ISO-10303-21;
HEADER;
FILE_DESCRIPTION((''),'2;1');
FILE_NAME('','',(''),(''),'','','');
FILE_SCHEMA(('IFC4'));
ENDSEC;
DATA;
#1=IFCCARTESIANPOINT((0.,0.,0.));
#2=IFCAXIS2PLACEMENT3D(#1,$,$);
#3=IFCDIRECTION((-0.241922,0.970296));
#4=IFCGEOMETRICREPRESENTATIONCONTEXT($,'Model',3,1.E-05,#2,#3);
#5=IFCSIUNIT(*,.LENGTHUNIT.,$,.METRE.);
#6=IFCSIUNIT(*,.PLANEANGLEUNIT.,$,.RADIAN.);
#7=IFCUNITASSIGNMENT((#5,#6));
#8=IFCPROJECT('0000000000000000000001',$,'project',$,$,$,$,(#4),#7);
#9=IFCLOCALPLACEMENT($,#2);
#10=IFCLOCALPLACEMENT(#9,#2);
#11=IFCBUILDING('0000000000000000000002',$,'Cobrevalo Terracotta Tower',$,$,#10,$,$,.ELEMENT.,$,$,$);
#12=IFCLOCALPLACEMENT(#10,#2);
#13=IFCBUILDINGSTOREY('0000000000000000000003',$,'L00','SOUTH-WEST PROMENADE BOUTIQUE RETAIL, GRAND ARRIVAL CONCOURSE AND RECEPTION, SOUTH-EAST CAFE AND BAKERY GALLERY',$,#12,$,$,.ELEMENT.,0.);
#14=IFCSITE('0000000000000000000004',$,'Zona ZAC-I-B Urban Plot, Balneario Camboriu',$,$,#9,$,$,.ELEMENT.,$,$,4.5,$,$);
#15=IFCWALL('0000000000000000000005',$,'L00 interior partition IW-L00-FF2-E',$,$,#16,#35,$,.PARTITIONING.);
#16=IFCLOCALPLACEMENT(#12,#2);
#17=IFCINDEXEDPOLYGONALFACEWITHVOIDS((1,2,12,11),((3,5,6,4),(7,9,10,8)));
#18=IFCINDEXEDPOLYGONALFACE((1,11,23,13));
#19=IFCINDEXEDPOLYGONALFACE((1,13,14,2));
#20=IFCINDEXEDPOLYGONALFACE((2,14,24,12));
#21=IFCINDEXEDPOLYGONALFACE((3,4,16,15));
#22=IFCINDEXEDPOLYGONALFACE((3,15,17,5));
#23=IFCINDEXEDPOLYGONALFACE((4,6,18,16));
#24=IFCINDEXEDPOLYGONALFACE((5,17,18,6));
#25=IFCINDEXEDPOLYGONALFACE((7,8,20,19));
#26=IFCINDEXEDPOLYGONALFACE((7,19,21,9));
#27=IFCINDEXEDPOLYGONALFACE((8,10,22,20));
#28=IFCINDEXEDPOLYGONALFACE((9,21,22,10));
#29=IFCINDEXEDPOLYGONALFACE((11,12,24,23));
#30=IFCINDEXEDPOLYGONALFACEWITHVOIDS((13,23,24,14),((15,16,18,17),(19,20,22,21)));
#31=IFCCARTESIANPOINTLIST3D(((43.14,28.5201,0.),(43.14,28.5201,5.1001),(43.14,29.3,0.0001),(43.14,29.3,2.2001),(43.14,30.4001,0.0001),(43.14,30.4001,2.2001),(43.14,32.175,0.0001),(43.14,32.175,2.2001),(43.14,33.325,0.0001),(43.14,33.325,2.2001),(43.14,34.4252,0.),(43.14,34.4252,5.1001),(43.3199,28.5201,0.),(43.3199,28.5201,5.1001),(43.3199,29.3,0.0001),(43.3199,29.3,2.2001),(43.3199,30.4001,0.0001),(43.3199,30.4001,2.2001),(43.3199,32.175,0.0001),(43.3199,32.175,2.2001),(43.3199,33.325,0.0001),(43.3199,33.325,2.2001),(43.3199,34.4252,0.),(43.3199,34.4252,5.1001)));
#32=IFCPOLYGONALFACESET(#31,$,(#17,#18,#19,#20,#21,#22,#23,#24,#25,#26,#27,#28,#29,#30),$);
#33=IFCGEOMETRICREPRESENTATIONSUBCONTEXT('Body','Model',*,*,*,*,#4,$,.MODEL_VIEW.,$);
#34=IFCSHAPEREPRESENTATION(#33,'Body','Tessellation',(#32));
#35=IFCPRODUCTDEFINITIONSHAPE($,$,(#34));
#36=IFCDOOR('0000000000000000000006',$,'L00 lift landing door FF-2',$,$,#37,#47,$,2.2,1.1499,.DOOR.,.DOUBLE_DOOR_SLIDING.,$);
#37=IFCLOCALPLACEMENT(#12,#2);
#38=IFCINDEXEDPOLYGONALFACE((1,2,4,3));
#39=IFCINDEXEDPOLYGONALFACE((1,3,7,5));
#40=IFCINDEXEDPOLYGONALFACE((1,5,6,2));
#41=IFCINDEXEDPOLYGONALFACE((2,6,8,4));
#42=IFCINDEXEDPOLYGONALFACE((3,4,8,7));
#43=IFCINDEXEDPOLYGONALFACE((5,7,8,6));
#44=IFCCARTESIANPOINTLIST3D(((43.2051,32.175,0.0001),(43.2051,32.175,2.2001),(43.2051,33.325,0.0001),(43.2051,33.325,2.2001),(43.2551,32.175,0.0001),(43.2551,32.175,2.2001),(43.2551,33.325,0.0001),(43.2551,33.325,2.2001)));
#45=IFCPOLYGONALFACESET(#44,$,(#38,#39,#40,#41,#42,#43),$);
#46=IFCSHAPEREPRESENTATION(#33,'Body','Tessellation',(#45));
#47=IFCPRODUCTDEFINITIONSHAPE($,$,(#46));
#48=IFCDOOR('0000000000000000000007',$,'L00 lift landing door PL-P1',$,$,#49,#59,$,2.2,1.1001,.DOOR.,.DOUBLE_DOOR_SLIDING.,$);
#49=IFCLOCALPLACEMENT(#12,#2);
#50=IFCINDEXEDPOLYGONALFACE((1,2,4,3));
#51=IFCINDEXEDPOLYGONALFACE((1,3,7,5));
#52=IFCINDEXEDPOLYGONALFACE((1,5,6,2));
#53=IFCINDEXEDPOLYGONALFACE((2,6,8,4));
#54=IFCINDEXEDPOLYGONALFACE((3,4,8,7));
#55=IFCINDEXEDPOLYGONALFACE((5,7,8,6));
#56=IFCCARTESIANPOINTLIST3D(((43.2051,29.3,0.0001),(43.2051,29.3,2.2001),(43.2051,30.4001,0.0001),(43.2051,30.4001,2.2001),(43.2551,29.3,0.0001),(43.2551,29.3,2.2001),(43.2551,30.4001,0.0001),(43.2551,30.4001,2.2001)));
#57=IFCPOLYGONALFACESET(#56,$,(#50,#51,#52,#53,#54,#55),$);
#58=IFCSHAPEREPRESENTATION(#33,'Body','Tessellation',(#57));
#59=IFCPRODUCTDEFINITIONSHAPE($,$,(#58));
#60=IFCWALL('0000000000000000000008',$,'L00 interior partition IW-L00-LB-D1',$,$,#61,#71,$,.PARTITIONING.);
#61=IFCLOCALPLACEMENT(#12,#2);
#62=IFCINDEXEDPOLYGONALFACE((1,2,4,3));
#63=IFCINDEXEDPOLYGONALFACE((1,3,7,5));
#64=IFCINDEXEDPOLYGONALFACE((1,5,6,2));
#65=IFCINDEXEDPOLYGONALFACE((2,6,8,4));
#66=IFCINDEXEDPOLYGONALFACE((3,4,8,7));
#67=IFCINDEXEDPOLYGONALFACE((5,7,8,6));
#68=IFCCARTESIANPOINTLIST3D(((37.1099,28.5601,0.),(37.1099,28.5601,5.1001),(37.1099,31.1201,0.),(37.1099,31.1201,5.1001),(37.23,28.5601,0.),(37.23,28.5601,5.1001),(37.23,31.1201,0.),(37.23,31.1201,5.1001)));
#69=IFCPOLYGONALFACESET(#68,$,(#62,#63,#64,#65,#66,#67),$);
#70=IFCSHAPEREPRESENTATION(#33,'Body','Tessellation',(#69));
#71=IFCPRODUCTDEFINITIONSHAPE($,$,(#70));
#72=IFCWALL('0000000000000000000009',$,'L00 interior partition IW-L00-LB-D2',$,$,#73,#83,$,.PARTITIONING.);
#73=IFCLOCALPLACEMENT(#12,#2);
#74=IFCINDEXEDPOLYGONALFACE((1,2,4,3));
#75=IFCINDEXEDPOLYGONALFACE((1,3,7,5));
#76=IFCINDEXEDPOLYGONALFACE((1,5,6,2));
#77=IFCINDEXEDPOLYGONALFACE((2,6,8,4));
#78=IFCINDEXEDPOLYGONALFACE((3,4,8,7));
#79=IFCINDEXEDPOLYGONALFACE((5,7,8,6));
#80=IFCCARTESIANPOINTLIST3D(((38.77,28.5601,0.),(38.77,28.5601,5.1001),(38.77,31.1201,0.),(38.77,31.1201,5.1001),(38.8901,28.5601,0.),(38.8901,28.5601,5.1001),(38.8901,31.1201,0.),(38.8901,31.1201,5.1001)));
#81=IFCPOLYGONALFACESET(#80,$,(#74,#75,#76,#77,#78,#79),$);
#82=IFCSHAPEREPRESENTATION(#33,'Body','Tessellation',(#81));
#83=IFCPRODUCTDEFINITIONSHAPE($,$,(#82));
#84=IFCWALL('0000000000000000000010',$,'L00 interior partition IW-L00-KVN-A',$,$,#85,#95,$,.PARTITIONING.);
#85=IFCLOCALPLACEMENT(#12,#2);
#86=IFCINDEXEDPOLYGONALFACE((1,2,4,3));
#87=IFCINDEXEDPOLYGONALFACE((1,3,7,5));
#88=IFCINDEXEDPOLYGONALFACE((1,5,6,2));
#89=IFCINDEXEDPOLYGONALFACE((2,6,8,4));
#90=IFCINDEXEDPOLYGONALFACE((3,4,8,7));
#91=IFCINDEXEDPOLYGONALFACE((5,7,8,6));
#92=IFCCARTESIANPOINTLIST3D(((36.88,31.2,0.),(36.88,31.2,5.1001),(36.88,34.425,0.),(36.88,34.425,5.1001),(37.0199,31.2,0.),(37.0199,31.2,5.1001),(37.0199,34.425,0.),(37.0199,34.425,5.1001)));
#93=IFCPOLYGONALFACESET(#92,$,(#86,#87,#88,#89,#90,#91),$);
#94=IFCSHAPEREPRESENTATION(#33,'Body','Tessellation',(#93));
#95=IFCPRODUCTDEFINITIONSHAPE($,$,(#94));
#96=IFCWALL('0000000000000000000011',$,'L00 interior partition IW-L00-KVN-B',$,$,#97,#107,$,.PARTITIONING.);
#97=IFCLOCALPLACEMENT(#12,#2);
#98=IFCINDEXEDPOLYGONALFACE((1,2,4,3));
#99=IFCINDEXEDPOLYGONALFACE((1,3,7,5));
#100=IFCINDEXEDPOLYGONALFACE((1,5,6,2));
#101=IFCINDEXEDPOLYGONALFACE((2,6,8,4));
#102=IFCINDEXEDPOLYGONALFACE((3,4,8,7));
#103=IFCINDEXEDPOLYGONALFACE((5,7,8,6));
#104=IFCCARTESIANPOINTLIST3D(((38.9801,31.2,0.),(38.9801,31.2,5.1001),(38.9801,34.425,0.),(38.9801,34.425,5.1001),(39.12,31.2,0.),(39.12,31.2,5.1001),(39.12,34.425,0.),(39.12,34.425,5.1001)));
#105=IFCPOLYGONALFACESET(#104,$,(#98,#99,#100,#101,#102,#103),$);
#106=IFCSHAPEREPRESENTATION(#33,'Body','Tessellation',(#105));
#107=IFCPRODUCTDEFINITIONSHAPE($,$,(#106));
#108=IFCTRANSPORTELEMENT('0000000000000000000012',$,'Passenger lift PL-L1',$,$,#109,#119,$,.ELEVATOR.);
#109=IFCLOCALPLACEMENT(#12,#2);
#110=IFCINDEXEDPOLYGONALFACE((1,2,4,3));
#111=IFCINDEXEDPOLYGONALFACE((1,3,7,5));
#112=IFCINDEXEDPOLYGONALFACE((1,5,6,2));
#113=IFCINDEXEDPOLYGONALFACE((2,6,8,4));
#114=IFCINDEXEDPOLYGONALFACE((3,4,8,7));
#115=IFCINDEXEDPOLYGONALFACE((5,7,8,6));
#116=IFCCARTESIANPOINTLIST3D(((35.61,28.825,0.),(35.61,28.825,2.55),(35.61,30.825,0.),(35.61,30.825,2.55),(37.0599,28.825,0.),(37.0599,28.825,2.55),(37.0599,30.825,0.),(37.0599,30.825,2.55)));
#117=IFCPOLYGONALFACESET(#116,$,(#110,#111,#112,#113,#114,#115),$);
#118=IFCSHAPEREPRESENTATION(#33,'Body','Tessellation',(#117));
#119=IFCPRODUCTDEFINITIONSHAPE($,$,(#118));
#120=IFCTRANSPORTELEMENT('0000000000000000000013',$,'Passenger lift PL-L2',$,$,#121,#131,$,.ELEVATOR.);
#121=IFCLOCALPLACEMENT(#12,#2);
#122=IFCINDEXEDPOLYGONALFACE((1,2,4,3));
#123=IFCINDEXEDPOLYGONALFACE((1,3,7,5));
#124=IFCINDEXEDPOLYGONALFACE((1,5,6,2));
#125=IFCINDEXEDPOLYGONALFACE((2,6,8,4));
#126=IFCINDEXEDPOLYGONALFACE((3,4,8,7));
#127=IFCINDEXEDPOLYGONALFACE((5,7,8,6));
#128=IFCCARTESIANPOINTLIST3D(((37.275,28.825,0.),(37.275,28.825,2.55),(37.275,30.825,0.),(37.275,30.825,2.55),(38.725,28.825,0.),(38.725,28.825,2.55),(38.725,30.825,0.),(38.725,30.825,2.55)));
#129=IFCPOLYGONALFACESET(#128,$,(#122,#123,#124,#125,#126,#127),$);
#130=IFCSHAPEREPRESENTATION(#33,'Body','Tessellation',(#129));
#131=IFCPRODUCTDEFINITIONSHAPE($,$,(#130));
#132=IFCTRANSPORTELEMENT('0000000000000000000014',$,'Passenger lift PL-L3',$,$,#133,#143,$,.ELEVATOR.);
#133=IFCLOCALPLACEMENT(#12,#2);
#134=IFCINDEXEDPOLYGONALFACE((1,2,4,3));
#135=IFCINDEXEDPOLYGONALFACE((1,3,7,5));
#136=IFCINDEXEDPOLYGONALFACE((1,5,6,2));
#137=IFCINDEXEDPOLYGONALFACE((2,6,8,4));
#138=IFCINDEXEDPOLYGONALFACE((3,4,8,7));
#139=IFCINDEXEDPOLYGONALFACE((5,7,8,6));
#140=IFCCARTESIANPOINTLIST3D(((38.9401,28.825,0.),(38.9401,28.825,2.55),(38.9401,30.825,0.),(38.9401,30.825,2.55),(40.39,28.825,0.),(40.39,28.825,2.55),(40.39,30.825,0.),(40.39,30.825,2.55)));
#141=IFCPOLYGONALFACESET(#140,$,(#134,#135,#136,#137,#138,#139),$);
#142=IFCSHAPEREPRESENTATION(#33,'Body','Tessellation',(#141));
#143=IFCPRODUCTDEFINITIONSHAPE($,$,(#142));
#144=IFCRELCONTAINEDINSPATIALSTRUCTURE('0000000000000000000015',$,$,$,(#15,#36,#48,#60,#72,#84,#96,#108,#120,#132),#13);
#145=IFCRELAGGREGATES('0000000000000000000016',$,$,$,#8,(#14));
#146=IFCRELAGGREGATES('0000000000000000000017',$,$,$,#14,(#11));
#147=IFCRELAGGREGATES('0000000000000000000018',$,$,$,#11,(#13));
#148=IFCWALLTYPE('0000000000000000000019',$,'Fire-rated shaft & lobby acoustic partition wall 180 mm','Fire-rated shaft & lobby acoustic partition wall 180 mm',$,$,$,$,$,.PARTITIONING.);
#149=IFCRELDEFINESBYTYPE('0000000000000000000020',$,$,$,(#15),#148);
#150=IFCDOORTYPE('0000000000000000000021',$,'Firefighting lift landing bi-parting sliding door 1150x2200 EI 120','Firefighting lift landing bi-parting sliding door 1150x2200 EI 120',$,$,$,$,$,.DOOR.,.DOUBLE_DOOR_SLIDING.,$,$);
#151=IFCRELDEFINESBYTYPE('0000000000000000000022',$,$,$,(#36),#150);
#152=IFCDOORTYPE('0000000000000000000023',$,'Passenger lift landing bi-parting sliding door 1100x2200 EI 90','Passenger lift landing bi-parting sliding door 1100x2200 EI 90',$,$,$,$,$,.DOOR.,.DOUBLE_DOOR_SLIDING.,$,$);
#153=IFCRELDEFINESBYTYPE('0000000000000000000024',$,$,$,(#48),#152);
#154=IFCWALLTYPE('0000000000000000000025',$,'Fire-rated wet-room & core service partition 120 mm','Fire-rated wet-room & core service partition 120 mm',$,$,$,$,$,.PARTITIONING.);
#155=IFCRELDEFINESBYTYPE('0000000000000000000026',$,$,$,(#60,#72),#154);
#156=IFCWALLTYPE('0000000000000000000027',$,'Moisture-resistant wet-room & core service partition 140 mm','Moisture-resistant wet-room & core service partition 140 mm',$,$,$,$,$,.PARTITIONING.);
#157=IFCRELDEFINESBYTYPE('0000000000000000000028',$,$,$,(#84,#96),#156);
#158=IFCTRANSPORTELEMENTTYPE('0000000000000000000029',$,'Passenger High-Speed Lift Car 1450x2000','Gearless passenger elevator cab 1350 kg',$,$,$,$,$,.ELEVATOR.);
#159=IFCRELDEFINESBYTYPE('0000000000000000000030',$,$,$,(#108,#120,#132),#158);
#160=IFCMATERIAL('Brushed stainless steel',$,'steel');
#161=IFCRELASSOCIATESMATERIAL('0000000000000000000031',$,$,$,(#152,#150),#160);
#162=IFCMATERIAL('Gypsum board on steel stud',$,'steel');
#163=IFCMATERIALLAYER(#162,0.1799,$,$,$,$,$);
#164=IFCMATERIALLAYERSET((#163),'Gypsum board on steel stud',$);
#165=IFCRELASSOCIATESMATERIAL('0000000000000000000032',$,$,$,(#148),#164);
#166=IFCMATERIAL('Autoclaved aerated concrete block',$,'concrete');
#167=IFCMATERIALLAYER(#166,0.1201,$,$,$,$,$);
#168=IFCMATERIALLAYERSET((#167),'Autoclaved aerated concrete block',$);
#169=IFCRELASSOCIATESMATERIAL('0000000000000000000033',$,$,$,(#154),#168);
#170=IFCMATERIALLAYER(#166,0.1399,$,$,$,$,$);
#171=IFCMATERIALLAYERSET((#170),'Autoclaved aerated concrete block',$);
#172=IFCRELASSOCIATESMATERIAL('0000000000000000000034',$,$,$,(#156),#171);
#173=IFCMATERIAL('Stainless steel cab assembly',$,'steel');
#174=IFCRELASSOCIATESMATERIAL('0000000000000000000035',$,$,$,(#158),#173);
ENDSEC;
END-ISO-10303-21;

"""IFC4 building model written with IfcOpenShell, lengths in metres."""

from ifc_helpers import new_model, si_unit, direction, frame, frame_2d, origin, origin_2d, place, context, subcontext, project, spatial, rectangle, extrude, source, transform, mapped, material, layer, layer_set, type_object, element, fill, save


model = new_model("IFC4")

# Units and contexts
model_context = context("Model", 3, precision=1e-05, world=origin(), true_north=direction((-0.241922, 0.970296)))
body_context = subcontext(model_context, "Body", "Model", "MODEL_VIEW")
ifc_project = project(units=[si_unit("LENGTHUNIT", "METRE"), si_unit("PLANEANGLEUNIT", "RADIAN")], contexts=[model_context])

# Site, building, storey
site_placement = place(None, origin())
site = spatial("IfcSite", under=ifc_project, at=site_placement, Name="Zona ZAC-I-B Urban Plot, Balneario Camboriu", CompositionType="ELEMENT", RefElevation=4.5)
building_placement = place(site_placement, origin())
building = spatial("IfcBuilding", under=site, at=building_placement, Name="Cobrevalo Terracotta Tower", CompositionType="ELEMENT")
storey_placement = place(building_placement, origin())
storey = spatial("IfcBuildingStorey", under=building, at=storey_placement, Name="L00", Description="SOUTH-WEST PROMENADE BOUTIQUE RETAIL, GRAND ARRIVAL CONCOURSE AND RECEPTION, SOUTH-EAST CAFE AND BAKERY GALLERY", CompositionType="ELEMENT", Elevation=0.0)

# Shared definitions
ifc_material_1 = material(Name="Gypsum board on steel stud", Category="steel")

# Shared definitions
ifc_material_2 = material(Name="Brushed stainless steel", Category="steel")
door_type_1 = type_object("IfcDoorType", Name="Passenger lift landing bi-parting sliding door 1100x2200 EI 90", Description="Passenger lift landing bi-parting sliding door 1100x2200 EI 90", OperationType="DOUBLE_DOOR_SLIDING", PredefinedType="DOOR", material=ifc_material_2)
shared_shape_1 = source(origin(), body_context, "Body", "SweptSolid", [
    extrude(rectangle(XDim=1.1001, YDim=2.2, at=frame_2d((0.55, 1.1001))), frame((0.0, 0.0249, 0.0), z_axis=(0.0, -1.0, 0.0), x_axis=(1.0, 0.0, 0.0)), (0.0, 0.0, 1.0), 0.05),
])

# Wall, openings, doors
ifc_layer_1 = layer(ifc_material_1, 0.1799)
ifc_layer_set_1 = layer_set([ifc_layer_1], Name="Gypsum board on steel stud")
wall_type_1 = type_object("IfcWallType", Name="Fire-rated shaft & lobby acoustic partition wall 180 mm", Description="Fire-rated shaft & lobby acoustic partition wall 180 mm", PredefinedType="PARTITIONING", material=ifc_layer_set_1)
wall_1_placement = place(storey_placement, frame((43.23, 28.52, 0.0), z_axis=(0.0, 0.0, 1.0), x_axis=(0.0, 1.0, 0.0)))
wall_1 = element("IfcWall", 1, at=wall_1_placement, inside=storey, type_object=wall_type_1, Name="L00 interior partition IW-L00-FF2-E", PredefinedType="PARTITIONING", context=body_context, shape_type="SweptSolid", body=[
    extrude(rectangle(XDim=5.905, YDim=0.1799, at=frame_2d((2.9526, 0.0))), origin(), (0.0, 0.0, 1.0), 5.1001),
])
opening_1_placement = place(wall_1_placement, frame((3.655, 0.0, 0.0)))
opening_1 = element("IfcOpeningElement", 2, at=opening_1_placement, cuts=wall_1, PredefinedType="OPENING", context=body_context, shape_type="SweptSolid", body=[
    extrude(rectangle(XDim=1.1499, YDim=2.2, at=frame_2d((0.575, 1.1001))), frame((0.0, 0.1001, 0.0), z_axis=(0.0, -1.0, 0.0), x_axis=(1.0, 0.0, 0.0)), (0.0, 0.0, 1.0), 0.2),
])
opening_2_placement = place(wall_1_placement, frame((0.78, 0.0, 0.0)))
opening_2 = element("IfcOpeningElement", 3, at=opening_2_placement, cuts=wall_1, PredefinedType="OPENING", context=body_context, shape_type="SweptSolid", body=[
    extrude(rectangle(XDim=1.1001, YDim=2.2, at=frame_2d((0.55, 1.1001))), frame((0.0, 0.1001, 0.0), z_axis=(0.0, -1.0, 0.0), x_axis=(1.0, 0.0, 0.0)), (0.0, 0.0, 1.0), 0.2),
])
door_type_2 = type_object("IfcDoorType", Name="Firefighting lift landing bi-parting sliding door 1150x2200 EI 120", Description="Firefighting lift landing bi-parting sliding door 1150x2200 EI 120", OperationType="DOUBLE_DOOR_SLIDING", PredefinedType="DOOR", material=ifc_material_2)
shared_shape_2 = source(origin(), body_context, "Body", "SweptSolid", [
    extrude(rectangle(XDim=1.1499, YDim=2.2, at=frame_2d((0.575, 1.1001))), frame((0.0, 0.0249, 0.0), z_axis=(0.0, -1.0, 0.0), x_axis=(1.0, 0.0, 0.0)), (0.0, 0.0, 1.0), 0.05),
])
door_1_placement = place(opening_1_placement, origin())
door_1 = element("IfcDoor", 4, at=door_1_placement, inside=storey, type_object=door_type_2, Name="L00 lift landing door FF-2", OperationType="DOUBLE_DOOR_SLIDING", OverallHeight=2.2, OverallWidth=1.1499, PredefinedType="DOOR", context=body_context, shape_type="MappedRepresentation", body=[
    mapped(shared_shape_2, transform((0.0, 0.0, 0.0), scale=1.0)),
])
fill(opening_1, door_1)
door_2_placement = place(opening_2_placement, origin())
door_2 = element("IfcDoor", 5, at=door_2_placement, inside=storey, type_object=door_type_1, Name="L00 lift landing door PL-P1", OperationType="DOUBLE_DOOR_SLIDING", OverallHeight=2.2, OverallWidth=1.1001, PredefinedType="DOOR", context=body_context, shape_type="MappedRepresentation", body=[
    mapped(shared_shape_1, transform((0.0, 0.0, 0.0), scale=1.0)),
])
fill(opening_2, door_2)

# Walls
ifc_material_3 = material(Name="Autoclaved aerated concrete block", Category="concrete")
ifc_layer_2 = layer(ifc_material_3, 0.1201)
ifc_layer_set_2 = layer_set([ifc_layer_2], Name="Autoclaved aerated concrete block")
wall_type_2 = type_object("IfcWallType", Name="Fire-rated wet-room & core service partition 120 mm", Description="Fire-rated wet-room & core service partition 120 mm", PredefinedType="PARTITIONING", material=ifc_layer_set_2)
for number, where, z_axis, x_axis, name in (
    (6, (37.1699, 28.5601, 0.0), (0.0, 0.0, 1.0), (0.0, 1.0, 0.0), "L00 interior partition IW-L00-LB-D1"),
    (7, (38.8301, 28.5601, 0.0), (0.0, 0.0, 1.0), (0.0, 1.0, 0.0), "L00 interior partition IW-L00-LB-D2"),
):
    element("IfcWall", number, at=place(storey_placement, frame(where, z_axis=z_axis, x_axis=x_axis)), inside=storey, type_object=wall_type_2, Name=name, PredefinedType="PARTITIONING", context=body_context, shape_type="SweptSolid", body=[
        extrude(rectangle(XDim=2.5601, YDim=0.1201, at=frame_2d((1.28, 0.0))), origin(), (0.0, 0.0, 1.0), 5.1001),
    ])
ifc_layer_3 = layer(ifc_material_3, 0.1399)
ifc_layer_set_3 = layer_set([ifc_layer_3], Name="Autoclaved aerated concrete block")
wall_type_3 = type_object("IfcWallType", Name="Moisture-resistant wet-room & core service partition 140 mm", Description="Moisture-resistant wet-room & core service partition 140 mm", PredefinedType="PARTITIONING", material=ifc_layer_set_3)
for number, where, z_axis, x_axis, name in (
    (8, (36.95, 31.2, 0.0), (0.0, 0.0, 1.0), (0.0, 1.0, 0.0), "L00 interior partition IW-L00-KVN-A"),
    (9, (39.05, 31.2, 0.0), (0.0, 0.0, 1.0), (0.0, 1.0, 0.0), "L00 interior partition IW-L00-KVN-B"),
):
    element("IfcWall", number, at=place(storey_placement, frame(where, z_axis=z_axis, x_axis=x_axis)), inside=storey, type_object=wall_type_3, Name=name, PredefinedType="PARTITIONING", context=body_context, shape_type="SweptSolid", body=[
        extrude(rectangle(XDim=3.2251, YDim=0.1399, at=frame_2d((1.6125, 0.0))), origin(), (0.0, 0.0, 1.0), 5.1001),
    ])

# Transport elements
ifc_material_4 = material(Name="Stainless steel cab assembly", Category="steel")
transport_element_type = type_object("IfcTransportElementType", Name="Passenger High-Speed Lift Car 1450x2000", Description="Gearless passenger elevator cab 1350 kg", PredefinedType="ELEVATOR", material=ifc_material_4)
shared_shape_3 = source(origin(), body_context, "Body", "SweptSolid", [
    extrude(rectangle(XDim=1.45, YDim=2.0, at=origin_2d()), origin(), (0.0, 0.0, 1.0), 2.55),
])
for number, where, z_axis, x_axis, name in (
    (10, (36.335, 29.825, 0.0), (0.0, 0.0, 1.0), (1.0, 0.0, 0.0), "Passenger lift PL-L1"),
    (11, (38.0, 29.825, 0.0), (0.0, 0.0, 1.0), (1.0, 0.0, 0.0), "Passenger lift PL-L2"),
    (12, (39.665, 29.825, 0.0), (0.0, 0.0, 1.0), (1.0, 0.0, 0.0), "Passenger lift PL-L3"),
):
    element("IfcTransportElement", number, at=place(storey_placement, frame(where, z_axis=z_axis, x_axis=x_axis)), inside=storey, type_object=transport_element_type, Name=name, PredefinedType="ELEVATOR", context=body_context, shape_type="MappedRepresentation", body=[
        mapped(shared_shape_3, transform((0.0, 0.0, 0.0), scale=1.0)),
    ])

save(model, "model.ifc")
